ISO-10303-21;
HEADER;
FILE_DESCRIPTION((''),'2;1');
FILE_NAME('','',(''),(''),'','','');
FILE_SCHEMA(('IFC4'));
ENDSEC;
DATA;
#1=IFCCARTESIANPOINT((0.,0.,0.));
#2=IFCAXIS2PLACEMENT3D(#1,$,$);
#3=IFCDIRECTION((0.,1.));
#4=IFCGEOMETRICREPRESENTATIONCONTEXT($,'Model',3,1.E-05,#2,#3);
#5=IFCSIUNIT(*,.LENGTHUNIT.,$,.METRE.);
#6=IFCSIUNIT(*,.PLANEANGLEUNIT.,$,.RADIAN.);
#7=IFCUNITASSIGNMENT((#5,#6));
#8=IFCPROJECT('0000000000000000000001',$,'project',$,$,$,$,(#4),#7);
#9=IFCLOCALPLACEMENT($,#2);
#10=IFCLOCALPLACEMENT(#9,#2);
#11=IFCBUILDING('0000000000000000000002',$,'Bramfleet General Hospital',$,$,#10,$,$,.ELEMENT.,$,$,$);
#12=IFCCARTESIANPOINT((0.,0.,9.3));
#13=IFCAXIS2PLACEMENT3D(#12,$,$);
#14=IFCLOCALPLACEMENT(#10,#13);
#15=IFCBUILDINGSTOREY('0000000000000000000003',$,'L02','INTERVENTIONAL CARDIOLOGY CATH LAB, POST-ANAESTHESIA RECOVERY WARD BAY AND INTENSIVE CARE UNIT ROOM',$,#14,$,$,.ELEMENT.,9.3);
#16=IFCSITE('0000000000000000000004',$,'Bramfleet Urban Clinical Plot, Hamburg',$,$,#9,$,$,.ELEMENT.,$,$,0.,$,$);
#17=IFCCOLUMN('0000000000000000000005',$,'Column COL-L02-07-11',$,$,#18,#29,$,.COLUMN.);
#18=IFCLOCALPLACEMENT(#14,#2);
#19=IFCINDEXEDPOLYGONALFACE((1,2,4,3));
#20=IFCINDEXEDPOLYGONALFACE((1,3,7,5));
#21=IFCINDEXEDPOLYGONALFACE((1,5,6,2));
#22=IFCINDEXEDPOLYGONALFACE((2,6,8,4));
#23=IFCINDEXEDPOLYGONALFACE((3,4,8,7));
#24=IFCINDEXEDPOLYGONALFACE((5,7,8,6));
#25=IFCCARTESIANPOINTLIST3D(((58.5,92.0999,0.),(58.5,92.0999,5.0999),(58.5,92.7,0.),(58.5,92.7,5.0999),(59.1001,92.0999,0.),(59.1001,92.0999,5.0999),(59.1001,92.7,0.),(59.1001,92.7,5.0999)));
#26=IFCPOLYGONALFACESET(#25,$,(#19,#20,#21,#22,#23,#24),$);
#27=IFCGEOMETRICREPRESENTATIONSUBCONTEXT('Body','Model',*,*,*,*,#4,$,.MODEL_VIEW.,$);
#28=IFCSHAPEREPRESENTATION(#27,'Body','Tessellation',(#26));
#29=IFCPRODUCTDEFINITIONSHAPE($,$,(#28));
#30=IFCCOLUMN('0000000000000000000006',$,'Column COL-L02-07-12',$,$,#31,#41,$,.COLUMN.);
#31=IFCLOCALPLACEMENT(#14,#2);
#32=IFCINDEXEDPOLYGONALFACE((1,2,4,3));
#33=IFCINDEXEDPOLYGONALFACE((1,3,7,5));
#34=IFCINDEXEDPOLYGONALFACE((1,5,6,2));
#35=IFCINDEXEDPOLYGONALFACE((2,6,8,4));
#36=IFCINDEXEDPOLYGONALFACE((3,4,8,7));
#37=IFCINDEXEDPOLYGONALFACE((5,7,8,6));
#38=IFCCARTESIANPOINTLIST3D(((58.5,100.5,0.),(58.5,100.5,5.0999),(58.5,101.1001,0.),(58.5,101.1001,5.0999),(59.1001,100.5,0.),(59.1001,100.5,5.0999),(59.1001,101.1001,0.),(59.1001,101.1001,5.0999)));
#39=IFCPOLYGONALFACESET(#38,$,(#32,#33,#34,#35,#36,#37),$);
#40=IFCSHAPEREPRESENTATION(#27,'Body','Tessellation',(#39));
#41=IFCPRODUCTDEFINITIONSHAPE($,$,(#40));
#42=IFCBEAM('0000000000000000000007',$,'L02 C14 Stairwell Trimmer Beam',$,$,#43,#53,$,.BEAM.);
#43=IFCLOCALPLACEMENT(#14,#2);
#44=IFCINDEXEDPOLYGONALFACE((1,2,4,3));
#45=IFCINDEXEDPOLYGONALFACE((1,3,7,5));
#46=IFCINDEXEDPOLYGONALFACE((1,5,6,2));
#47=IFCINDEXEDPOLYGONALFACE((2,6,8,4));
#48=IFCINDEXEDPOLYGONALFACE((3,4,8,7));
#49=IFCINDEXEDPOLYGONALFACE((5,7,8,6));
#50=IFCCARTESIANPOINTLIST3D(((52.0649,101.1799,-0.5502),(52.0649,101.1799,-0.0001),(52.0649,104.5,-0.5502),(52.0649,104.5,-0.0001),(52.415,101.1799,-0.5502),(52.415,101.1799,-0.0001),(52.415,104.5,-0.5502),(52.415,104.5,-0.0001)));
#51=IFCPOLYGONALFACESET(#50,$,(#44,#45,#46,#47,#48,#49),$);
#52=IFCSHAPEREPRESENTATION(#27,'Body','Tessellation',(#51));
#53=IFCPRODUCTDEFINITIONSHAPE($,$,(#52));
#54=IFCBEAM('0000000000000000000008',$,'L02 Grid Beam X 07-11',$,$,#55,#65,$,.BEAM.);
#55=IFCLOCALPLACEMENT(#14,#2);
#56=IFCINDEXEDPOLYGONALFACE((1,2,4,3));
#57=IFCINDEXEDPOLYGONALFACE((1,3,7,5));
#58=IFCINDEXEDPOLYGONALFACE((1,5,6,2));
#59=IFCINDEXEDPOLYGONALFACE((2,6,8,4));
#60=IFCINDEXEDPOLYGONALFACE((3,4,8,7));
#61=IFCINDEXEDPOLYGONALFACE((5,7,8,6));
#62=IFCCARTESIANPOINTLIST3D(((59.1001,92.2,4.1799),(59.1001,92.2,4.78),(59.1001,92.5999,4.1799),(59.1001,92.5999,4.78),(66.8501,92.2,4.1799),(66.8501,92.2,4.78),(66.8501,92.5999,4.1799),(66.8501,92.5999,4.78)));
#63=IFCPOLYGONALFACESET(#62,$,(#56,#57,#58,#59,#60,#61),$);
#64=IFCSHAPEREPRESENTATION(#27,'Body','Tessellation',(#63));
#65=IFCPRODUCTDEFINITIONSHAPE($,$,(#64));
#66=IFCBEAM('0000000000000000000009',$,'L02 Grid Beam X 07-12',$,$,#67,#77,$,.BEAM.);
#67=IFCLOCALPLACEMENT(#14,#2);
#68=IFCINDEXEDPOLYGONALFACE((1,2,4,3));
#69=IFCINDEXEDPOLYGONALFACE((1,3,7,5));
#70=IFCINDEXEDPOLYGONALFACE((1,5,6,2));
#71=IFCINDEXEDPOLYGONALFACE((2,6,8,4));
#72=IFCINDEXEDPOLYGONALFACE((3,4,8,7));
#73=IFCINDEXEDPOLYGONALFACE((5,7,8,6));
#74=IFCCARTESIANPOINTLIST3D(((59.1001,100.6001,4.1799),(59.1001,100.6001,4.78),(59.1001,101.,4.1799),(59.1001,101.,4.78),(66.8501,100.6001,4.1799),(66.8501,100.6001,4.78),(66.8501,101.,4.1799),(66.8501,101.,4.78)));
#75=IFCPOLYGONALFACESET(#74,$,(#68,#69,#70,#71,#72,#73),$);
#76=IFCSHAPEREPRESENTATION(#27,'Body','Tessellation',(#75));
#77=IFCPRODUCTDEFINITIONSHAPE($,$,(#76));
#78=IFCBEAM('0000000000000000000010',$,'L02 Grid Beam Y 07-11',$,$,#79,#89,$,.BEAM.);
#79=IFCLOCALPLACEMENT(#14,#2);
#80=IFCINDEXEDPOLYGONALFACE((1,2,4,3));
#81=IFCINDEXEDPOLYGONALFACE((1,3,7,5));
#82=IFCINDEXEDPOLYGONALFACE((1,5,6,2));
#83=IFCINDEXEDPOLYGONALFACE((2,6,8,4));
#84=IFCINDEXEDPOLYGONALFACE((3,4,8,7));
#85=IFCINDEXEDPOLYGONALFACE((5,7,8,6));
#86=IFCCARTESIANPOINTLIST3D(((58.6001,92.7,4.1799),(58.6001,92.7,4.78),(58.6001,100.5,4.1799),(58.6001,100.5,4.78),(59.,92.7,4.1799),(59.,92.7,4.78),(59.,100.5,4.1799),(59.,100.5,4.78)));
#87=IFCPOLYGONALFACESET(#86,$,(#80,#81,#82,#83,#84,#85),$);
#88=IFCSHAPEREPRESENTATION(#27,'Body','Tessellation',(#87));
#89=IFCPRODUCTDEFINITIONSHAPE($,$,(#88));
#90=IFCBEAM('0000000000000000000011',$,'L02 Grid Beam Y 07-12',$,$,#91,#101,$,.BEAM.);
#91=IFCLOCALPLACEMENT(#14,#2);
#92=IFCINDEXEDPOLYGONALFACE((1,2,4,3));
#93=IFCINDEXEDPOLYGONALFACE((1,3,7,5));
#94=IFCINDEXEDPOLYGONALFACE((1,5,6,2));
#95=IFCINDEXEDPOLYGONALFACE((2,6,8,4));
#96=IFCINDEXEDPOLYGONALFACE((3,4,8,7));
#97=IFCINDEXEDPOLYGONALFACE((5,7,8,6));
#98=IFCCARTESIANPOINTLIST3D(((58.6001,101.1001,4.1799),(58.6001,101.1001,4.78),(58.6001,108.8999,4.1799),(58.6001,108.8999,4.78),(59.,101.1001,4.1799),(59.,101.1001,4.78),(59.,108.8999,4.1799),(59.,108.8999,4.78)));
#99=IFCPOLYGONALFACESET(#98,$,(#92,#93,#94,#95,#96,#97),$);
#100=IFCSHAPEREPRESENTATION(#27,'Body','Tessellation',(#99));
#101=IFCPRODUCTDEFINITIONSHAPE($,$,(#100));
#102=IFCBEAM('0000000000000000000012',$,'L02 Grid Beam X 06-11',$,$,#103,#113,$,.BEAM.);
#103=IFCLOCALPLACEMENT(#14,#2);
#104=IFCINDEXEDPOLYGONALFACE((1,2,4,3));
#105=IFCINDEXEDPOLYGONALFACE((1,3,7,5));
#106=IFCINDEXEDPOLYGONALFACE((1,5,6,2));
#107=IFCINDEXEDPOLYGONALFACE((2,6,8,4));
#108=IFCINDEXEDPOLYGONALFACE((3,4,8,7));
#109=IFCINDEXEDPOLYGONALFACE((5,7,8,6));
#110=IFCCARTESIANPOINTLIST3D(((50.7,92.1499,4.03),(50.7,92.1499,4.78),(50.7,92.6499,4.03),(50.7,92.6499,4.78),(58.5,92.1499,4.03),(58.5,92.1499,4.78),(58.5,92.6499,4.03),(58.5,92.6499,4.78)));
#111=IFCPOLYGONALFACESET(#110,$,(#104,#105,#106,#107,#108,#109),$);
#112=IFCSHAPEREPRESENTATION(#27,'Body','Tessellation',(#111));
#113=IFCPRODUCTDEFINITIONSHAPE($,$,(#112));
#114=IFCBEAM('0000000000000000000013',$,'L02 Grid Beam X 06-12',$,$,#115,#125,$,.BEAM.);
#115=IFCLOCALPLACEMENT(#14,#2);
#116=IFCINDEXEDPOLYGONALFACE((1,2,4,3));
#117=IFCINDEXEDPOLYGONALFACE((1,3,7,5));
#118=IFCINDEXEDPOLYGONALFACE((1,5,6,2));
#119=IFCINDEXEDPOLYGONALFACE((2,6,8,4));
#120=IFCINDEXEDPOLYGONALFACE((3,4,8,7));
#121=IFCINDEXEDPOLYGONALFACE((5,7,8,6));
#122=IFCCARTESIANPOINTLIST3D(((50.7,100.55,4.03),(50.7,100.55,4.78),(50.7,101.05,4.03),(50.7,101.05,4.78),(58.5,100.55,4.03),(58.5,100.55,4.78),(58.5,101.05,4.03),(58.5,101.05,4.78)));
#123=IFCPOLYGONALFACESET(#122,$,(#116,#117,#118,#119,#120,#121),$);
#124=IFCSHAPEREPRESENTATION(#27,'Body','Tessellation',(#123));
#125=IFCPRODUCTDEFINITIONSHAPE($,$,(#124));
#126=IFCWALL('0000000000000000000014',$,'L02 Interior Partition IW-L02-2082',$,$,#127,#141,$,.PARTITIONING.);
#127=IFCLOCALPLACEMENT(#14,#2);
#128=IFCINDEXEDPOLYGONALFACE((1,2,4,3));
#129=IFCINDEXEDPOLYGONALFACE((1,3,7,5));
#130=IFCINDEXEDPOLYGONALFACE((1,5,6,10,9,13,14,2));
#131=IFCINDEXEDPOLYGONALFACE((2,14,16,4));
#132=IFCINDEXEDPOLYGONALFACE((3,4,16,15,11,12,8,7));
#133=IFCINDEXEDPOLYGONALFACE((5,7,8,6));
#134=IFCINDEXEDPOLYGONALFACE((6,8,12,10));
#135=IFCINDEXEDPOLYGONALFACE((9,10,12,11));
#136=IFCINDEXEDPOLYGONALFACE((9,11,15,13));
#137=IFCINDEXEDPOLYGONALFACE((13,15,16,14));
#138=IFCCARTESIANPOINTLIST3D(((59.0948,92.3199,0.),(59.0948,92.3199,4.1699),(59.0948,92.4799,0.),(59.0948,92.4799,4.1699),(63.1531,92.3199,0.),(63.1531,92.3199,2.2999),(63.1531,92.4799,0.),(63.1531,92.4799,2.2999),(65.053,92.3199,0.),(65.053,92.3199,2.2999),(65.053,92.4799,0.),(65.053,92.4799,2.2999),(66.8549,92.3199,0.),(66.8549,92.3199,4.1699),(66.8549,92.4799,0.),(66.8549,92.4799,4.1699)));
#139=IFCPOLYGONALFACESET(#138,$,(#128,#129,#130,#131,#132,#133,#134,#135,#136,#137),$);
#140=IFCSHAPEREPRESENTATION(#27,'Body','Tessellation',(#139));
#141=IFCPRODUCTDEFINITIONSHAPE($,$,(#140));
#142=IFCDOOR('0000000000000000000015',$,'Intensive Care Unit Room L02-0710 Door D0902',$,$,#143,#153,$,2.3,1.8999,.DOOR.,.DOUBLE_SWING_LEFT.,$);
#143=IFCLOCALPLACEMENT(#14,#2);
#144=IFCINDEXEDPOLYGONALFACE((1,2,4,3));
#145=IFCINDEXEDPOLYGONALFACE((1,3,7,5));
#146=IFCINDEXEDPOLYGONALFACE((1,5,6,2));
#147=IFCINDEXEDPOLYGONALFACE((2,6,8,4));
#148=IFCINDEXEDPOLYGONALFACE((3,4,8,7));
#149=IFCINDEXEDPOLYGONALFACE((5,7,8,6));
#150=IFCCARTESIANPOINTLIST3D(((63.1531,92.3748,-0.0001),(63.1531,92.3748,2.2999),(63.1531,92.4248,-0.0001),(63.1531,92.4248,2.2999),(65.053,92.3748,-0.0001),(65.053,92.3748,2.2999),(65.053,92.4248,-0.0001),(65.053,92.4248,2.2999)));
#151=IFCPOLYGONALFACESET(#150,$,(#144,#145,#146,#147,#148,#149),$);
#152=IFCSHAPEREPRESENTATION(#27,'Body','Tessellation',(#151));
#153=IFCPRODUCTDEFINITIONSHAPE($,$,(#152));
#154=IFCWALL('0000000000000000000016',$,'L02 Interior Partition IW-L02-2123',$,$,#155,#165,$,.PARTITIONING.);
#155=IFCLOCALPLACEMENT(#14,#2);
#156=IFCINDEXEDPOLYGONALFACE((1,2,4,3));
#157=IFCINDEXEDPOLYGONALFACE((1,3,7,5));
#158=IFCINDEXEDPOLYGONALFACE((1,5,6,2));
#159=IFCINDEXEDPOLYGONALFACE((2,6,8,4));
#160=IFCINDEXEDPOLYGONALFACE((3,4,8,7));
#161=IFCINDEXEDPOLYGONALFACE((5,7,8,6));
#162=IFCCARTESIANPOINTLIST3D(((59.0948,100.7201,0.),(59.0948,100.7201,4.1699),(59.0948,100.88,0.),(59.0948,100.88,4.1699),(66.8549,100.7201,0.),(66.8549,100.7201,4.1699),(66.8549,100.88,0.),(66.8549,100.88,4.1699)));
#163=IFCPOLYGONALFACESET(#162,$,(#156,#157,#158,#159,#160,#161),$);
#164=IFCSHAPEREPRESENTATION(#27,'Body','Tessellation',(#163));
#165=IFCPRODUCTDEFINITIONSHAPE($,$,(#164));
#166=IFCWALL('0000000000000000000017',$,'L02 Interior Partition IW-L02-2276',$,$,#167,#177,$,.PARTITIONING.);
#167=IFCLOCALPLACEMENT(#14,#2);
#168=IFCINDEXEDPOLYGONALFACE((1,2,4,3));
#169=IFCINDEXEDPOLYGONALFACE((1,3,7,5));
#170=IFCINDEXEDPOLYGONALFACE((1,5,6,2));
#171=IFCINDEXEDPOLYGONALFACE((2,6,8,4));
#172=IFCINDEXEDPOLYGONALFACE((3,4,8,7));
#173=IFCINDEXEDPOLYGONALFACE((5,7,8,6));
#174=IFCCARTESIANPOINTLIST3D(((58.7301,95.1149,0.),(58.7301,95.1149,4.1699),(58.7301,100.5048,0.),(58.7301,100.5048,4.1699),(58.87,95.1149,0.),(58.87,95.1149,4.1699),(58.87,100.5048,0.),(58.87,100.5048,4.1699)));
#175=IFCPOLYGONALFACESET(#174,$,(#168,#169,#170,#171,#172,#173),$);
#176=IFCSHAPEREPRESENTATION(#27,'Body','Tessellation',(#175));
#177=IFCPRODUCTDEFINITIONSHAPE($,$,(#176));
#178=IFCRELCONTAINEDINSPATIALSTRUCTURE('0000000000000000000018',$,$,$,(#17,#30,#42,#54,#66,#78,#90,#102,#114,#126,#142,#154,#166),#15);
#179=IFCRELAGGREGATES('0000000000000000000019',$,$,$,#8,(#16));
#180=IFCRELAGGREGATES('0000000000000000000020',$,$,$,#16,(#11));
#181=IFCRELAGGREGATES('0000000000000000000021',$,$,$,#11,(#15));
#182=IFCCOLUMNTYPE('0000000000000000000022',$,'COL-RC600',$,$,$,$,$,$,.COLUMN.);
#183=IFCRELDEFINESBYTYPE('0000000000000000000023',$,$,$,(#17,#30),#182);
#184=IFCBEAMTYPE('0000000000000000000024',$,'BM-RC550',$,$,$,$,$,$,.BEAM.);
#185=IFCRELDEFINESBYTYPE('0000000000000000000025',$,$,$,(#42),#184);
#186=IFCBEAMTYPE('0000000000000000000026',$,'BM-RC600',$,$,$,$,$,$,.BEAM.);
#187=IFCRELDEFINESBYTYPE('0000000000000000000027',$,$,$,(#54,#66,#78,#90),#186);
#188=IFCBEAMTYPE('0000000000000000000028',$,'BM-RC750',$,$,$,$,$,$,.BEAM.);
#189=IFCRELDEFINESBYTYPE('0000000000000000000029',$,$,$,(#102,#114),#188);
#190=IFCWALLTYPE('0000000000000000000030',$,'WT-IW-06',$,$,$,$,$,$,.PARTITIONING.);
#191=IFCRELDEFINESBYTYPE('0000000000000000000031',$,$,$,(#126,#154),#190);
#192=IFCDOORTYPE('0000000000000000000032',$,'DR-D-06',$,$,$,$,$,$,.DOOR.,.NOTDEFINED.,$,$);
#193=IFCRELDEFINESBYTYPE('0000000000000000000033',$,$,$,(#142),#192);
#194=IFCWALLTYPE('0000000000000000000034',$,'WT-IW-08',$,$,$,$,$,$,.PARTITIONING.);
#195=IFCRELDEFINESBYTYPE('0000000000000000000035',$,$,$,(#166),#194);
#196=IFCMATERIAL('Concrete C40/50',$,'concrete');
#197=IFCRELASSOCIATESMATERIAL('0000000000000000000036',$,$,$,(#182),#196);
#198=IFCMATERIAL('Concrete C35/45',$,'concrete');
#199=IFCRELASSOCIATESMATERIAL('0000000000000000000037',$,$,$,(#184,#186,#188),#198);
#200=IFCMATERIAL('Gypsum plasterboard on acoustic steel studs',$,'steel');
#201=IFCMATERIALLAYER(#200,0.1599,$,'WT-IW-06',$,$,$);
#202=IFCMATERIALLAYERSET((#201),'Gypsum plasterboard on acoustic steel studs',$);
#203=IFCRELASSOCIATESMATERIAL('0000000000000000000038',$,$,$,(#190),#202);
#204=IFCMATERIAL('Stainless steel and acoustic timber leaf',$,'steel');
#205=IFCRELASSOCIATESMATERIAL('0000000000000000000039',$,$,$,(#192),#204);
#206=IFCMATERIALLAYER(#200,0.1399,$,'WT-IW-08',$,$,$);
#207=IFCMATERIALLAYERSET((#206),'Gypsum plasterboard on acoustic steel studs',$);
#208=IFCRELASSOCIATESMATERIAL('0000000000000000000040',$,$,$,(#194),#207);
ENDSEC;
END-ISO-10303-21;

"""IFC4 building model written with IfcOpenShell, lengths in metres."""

from ifc_helpers import new_model, si_unit, direction, frame, frame_2d, origin, origin_2d, place, context, subcontext, project, spatial, rectangle, extrude, material, layer, layer_set, material_profile, profile_set, type_object, element, fill, save


model = new_model("IFC4")

# Units and contexts
model_context = context("Model", 3, precision=1e-05, world=origin(), true_north=direction((0.0, 1.0)))
body_context = subcontext(model_context, "Body", "Model", "MODEL_VIEW")
ifc_project = project(units=[si_unit("LENGTHUNIT", "METRE"), si_unit("PLANEANGLEUNIT", "RADIAN")], contexts=[model_context])

# Site, building, storey
site_placement = place(None, origin())
site = spatial("IfcSite", under=ifc_project, at=site_placement, Name="Bramfleet Urban Clinical Plot, Hamburg", CompositionType="ELEMENT", RefElevation=0.0)
building_placement = place(site_placement, origin())
building = spatial("IfcBuilding", under=site, at=building_placement, Name="Bramfleet General Hospital", CompositionType="ELEMENT")
storey_placement = place(building_placement, frame((0.0, 0.0, 9.3)))
storey = spatial("IfcBuildingStorey", under=building, at=storey_placement, Name="L02", Description="INTERVENTIONAL CARDIOLOGY CATH LAB, POST-ANAESTHESIA RECOVERY WARD BAY AND INTENSIVE CARE UNIT ROOM", CompositionType="ELEMENT", Elevation=9.3)

# Columns
ifc_material_1 = material(Name="Concrete C40/50", Category="concrete")
ifc_material_profile_1 = material_profile(ifc_material_1, rectangle(XDim=0.6001, YDim=0.6001, at=origin_2d()), Name="RC COL 600x600")
ifc_profile_set_1 = profile_set([ifc_material_profile_1], Name="Concrete C40/50")
column_type = type_object("IfcColumnType", Name="COL-RC600", PredefinedType="COLUMN", material=ifc_profile_set_1)
for number, where, z_axis, x_axis, name in (
    (1, (58.8, 92.3999, 0.0), (0.0, 0.0, 1.0), (1.0, 0.0, 0.0), "Column COL-L02-07-11"),
    (2, (58.8, 100.8, 0.0), (0.0, 0.0, 1.0), (1.0, 0.0, 0.0), "Column COL-L02-07-12"),
):
    element("IfcColumn", number, at=place(storey_placement, frame(where, z_axis=z_axis, x_axis=x_axis)), inside=storey, type_object=column_type, Name=name, PredefinedType="COLUMN", context=body_context, shape_type="SweptSolid", body=[
        extrude(rectangle(XDim=0.6001, YDim=0.6001, at=origin_2d()), origin(), (0.0, 0.0, 1.0), 5.0999),
    ])

# Beams
ifc_material_2 = material(Name="Concrete C35/45", Category="concrete")
ifc_material_profile_2 = material_profile(ifc_material_2, rectangle(XDim=0.3501, YDim=0.55, at=origin_2d()), Name="RC BM 550x350")
ifc_profile_set_2 = profile_set([ifc_material_profile_2], Name="Concrete C35/45")
beam_type_1 = type_object("IfcBeamType", Name="BM-RC550", PredefinedType="BEAM", material=ifc_profile_set_2)
beam_1_placement = place(storey_placement, frame((52.24, 101.1799, -0.2751), z_axis=(0.0, 1.0, 0.0), x_axis=(-1.0, 0.0, 0.0)))
element("IfcBeam", 3, at=beam_1_placement, inside=storey, type_object=beam_type_1, Name="L02 C14 Stairwell Trimmer Beam", PredefinedType="BEAM", context=body_context, shape_type="SweptSolid", body=[
    extrude(rectangle(XDim=0.3501, YDim=0.55, at=origin_2d()), origin(), (0.0, 0.0, 1.0), 3.3201),
])
ifc_material_profile_3 = material_profile(ifc_material_2, rectangle(XDim=0.3999, YDim=0.6001, at=origin_2d()), Name="RC BM 600x400")
ifc_profile_set_3 = profile_set([ifc_material_profile_3], Name="Concrete C35/45")
beam_type_2 = type_object("IfcBeamType", Name="BM-RC600", PredefinedType="BEAM", material=ifc_profile_set_3)
for number, where, z_axis, x_axis, name in (
    (4, (59.1001, 92.3999, 4.48), (1.0, 0.0, 0.0), (0.0, 1.0, 0.0), "L02 Grid Beam X 07-11"),
    (5, (59.1001, 100.8, 4.48), (1.0, 0.0, 0.0), (0.0, 1.0, 0.0), "L02 Grid Beam X 07-12"),
):
    element("IfcBeam", number, at=place(storey_placement, frame(where, z_axis=z_axis, x_axis=x_axis)), inside=storey, type_object=beam_type_2, Name=name, PredefinedType="BEAM", context=body_context, shape_type="SweptSolid", body=[
        extrude(rectangle(XDim=0.3999, YDim=0.6001, at=origin_2d()), origin(), (0.0, 0.0, 1.0), 7.75),
    ])
beam_2_placement = place(storey_placement, frame((58.8, 92.7, 4.48), z_axis=(0.0, 1.0, 0.0), x_axis=(-1.0, 0.0, 0.0)))
element("IfcBeam", 6, at=beam_2_placement, inside=storey, type_object=beam_type_2, Name="L02 Grid Beam Y 07-11", PredefinedType="BEAM", context=body_context, shape_type="SweptSolid", body=[
    extrude(rectangle(XDim=0.3999, YDim=0.6001, at=origin_2d()), origin(), (0.0, 0.0, 1.0), 7.8),
])
beam_3_placement = place(storey_placement, frame((58.8, 101.1001, 4.48), z_axis=(0.0, 1.0, 0.0), x_axis=(-1.0, 0.0, 0.0)))
element("IfcBeam", 7, at=beam_3_placement, inside=storey, type_object=beam_type_2, Name="L02 Grid Beam Y 07-12", PredefinedType="BEAM", context=body_context, shape_type="SweptSolid", body=[
    extrude(rectangle(XDim=0.3999, YDim=0.6001, at=origin_2d()), origin(), (0.0, 0.0, 1.0), 7.7998),
])
ifc_material_profile_4 = material_profile(ifc_material_2, rectangle(XDim=0.5, YDim=0.75, at=origin_2d()), Name="RC BM 750x500")
ifc_profile_set_4 = profile_set([ifc_material_profile_4], Name="Concrete C35/45")
beam_type_3 = type_object("IfcBeamType", Name="BM-RC750", PredefinedType="BEAM", material=ifc_profile_set_4)
for number, where, z_axis, x_axis, name in (
    (8, (50.7, 92.3999, 4.405), (1.0, 0.0, 0.0), (0.0, 1.0, 0.0), "L02 Grid Beam X 06-11"),
    (9, (50.7, 100.8, 4.405), (1.0, 0.0, 0.0), (0.0, 1.0, 0.0), "L02 Grid Beam X 06-12"),
):
    element("IfcBeam", number, at=place(storey_placement, frame(where, z_axis=z_axis, x_axis=x_axis)), inside=storey, type_object=beam_type_3, Name=name, PredefinedType="BEAM", context=body_context, shape_type="SweptSolid", body=[
        extrude(rectangle(XDim=0.5, YDim=0.75, at=origin_2d()), origin(), (0.0, 0.0, 1.0), 7.8),
    ])

# Wall, opening, door
ifc_material_3 = material(Name="Gypsum plasterboard on acoustic steel studs", Category="steel")
ifc_layer_1 = layer(ifc_material_3, 0.1599, Name="WT-IW-06")
ifc_layer_set_1 = layer_set([ifc_layer_1], Name="Gypsum plasterboard on acoustic steel studs")
wall_type_1 = type_object("IfcWallType", Name="WT-IW-06", PredefinedType="PARTITIONING", material=ifc_layer_set_1)
wall_1_placement = place(storey_placement, frame((59.095, 92.3999, 0.0), z_axis=(0.0, 0.0, 1.0), x_axis=(1.0, 0.0, 0.0)))
wall_1 = element("IfcWall", 10, at=wall_1_placement, inside=storey, type_object=wall_type_1, Name="L02 Interior Partition IW-L02-2082", PredefinedType="PARTITIONING", context=body_context, shape_type="SweptSolid", body=[
    extrude(rectangle(XDim=7.76, YDim=0.1599, at=frame_2d((3.8799, 0.0))), origin(), (0.0, 0.0, 1.0), 4.1699),
])
opening_placement = place(wall_1_placement, frame((4.0581, 0.0, 0.0)))
opening = element("IfcOpeningElement", 11, at=opening_placement, cuts=wall_1, PredefinedType="OPENING", context=body_context, shape_type="SweptSolid", body=[
    extrude(rectangle(XDim=1.8999, YDim=2.3, at=frame_2d((0.95, 1.1499))), frame((0.0, 0.0898, 0.0), z_axis=(0.0, -1.0, 0.0), x_axis=(1.0, 0.0, 0.0)), (0.0, 0.0, 1.0), 0.1799),
])
ifc_material_4 = material(Name="Stainless steel and acoustic timber leaf", Category="steel")
door_type = type_object("IfcDoorType", Name="DR-D-06", OperationType="NOTDEFINED", PredefinedType="DOOR", material=ifc_material_4)
door_placement = place(opening_placement, origin())
door = element("IfcDoor", 12, at=door_placement, inside=storey, type_object=door_type, Name="Intensive Care Unit Room L02-0710 Door D0902", OperationType="DOUBLE_SWING_LEFT", OverallHeight=2.3, OverallWidth=1.8999, PredefinedType="DOOR", context=body_context, shape_type="SweptSolid", body=[
    extrude(rectangle(XDim=1.8999, YDim=2.3, at=frame_2d((0.95, 1.1499))), frame((0.0, 0.0249, 0.0), z_axis=(0.0, -1.0, 0.0), x_axis=(1.0, 0.0, 0.0)), (0.0, 0.0, 1.0), 0.05),
])
fill(opening, door)

# Walls
wall_2_placement = place(storey_placement, frame((59.095, 100.8, 0.0), z_axis=(0.0, 0.0, 1.0), x_axis=(1.0, 0.0, 0.0)))
element("IfcWall", 13, at=wall_2_placement, inside=storey, type_object=wall_type_1, Name="L02 Interior Partition IW-L02-2123", PredefinedType="PARTITIONING", context=body_context, shape_type="SweptSolid", body=[
    extrude(rectangle(XDim=7.76, YDim=0.1599, at=frame_2d((3.8799, 0.0))), origin(), (0.0, 0.0, 1.0), 4.1699),
])
ifc_layer_2 = layer(ifc_material_3, 0.1399, Name="WT-IW-08")
ifc_layer_set_2 = layer_set([ifc_layer_2], Name="Gypsum plasterboard on acoustic steel studs")
wall_type_2 = type_object("IfcWallType", Name="WT-IW-08", PredefinedType="PARTITIONING", material=ifc_layer_set_2)
wall_3_placement = place(storey_placement, frame((58.8, 95.115, 0.0), z_axis=(0.0, 0.0, 1.0), x_axis=(0.0, 1.0, 0.0)))
element("IfcWall", 14, at=wall_3_placement, inside=storey, type_object=wall_type_2, Name="L02 Interior Partition IW-L02-2276", PredefinedType="PARTITIONING", context=body_context, shape_type="SweptSolid", body=[
    extrude(rectangle(XDim=5.3899, YDim=0.1399, at=frame_2d((2.6948, 0.0))), origin(), (0.0, 0.0, 1.0), 4.1699),
])

save(model, "model.ifc")
